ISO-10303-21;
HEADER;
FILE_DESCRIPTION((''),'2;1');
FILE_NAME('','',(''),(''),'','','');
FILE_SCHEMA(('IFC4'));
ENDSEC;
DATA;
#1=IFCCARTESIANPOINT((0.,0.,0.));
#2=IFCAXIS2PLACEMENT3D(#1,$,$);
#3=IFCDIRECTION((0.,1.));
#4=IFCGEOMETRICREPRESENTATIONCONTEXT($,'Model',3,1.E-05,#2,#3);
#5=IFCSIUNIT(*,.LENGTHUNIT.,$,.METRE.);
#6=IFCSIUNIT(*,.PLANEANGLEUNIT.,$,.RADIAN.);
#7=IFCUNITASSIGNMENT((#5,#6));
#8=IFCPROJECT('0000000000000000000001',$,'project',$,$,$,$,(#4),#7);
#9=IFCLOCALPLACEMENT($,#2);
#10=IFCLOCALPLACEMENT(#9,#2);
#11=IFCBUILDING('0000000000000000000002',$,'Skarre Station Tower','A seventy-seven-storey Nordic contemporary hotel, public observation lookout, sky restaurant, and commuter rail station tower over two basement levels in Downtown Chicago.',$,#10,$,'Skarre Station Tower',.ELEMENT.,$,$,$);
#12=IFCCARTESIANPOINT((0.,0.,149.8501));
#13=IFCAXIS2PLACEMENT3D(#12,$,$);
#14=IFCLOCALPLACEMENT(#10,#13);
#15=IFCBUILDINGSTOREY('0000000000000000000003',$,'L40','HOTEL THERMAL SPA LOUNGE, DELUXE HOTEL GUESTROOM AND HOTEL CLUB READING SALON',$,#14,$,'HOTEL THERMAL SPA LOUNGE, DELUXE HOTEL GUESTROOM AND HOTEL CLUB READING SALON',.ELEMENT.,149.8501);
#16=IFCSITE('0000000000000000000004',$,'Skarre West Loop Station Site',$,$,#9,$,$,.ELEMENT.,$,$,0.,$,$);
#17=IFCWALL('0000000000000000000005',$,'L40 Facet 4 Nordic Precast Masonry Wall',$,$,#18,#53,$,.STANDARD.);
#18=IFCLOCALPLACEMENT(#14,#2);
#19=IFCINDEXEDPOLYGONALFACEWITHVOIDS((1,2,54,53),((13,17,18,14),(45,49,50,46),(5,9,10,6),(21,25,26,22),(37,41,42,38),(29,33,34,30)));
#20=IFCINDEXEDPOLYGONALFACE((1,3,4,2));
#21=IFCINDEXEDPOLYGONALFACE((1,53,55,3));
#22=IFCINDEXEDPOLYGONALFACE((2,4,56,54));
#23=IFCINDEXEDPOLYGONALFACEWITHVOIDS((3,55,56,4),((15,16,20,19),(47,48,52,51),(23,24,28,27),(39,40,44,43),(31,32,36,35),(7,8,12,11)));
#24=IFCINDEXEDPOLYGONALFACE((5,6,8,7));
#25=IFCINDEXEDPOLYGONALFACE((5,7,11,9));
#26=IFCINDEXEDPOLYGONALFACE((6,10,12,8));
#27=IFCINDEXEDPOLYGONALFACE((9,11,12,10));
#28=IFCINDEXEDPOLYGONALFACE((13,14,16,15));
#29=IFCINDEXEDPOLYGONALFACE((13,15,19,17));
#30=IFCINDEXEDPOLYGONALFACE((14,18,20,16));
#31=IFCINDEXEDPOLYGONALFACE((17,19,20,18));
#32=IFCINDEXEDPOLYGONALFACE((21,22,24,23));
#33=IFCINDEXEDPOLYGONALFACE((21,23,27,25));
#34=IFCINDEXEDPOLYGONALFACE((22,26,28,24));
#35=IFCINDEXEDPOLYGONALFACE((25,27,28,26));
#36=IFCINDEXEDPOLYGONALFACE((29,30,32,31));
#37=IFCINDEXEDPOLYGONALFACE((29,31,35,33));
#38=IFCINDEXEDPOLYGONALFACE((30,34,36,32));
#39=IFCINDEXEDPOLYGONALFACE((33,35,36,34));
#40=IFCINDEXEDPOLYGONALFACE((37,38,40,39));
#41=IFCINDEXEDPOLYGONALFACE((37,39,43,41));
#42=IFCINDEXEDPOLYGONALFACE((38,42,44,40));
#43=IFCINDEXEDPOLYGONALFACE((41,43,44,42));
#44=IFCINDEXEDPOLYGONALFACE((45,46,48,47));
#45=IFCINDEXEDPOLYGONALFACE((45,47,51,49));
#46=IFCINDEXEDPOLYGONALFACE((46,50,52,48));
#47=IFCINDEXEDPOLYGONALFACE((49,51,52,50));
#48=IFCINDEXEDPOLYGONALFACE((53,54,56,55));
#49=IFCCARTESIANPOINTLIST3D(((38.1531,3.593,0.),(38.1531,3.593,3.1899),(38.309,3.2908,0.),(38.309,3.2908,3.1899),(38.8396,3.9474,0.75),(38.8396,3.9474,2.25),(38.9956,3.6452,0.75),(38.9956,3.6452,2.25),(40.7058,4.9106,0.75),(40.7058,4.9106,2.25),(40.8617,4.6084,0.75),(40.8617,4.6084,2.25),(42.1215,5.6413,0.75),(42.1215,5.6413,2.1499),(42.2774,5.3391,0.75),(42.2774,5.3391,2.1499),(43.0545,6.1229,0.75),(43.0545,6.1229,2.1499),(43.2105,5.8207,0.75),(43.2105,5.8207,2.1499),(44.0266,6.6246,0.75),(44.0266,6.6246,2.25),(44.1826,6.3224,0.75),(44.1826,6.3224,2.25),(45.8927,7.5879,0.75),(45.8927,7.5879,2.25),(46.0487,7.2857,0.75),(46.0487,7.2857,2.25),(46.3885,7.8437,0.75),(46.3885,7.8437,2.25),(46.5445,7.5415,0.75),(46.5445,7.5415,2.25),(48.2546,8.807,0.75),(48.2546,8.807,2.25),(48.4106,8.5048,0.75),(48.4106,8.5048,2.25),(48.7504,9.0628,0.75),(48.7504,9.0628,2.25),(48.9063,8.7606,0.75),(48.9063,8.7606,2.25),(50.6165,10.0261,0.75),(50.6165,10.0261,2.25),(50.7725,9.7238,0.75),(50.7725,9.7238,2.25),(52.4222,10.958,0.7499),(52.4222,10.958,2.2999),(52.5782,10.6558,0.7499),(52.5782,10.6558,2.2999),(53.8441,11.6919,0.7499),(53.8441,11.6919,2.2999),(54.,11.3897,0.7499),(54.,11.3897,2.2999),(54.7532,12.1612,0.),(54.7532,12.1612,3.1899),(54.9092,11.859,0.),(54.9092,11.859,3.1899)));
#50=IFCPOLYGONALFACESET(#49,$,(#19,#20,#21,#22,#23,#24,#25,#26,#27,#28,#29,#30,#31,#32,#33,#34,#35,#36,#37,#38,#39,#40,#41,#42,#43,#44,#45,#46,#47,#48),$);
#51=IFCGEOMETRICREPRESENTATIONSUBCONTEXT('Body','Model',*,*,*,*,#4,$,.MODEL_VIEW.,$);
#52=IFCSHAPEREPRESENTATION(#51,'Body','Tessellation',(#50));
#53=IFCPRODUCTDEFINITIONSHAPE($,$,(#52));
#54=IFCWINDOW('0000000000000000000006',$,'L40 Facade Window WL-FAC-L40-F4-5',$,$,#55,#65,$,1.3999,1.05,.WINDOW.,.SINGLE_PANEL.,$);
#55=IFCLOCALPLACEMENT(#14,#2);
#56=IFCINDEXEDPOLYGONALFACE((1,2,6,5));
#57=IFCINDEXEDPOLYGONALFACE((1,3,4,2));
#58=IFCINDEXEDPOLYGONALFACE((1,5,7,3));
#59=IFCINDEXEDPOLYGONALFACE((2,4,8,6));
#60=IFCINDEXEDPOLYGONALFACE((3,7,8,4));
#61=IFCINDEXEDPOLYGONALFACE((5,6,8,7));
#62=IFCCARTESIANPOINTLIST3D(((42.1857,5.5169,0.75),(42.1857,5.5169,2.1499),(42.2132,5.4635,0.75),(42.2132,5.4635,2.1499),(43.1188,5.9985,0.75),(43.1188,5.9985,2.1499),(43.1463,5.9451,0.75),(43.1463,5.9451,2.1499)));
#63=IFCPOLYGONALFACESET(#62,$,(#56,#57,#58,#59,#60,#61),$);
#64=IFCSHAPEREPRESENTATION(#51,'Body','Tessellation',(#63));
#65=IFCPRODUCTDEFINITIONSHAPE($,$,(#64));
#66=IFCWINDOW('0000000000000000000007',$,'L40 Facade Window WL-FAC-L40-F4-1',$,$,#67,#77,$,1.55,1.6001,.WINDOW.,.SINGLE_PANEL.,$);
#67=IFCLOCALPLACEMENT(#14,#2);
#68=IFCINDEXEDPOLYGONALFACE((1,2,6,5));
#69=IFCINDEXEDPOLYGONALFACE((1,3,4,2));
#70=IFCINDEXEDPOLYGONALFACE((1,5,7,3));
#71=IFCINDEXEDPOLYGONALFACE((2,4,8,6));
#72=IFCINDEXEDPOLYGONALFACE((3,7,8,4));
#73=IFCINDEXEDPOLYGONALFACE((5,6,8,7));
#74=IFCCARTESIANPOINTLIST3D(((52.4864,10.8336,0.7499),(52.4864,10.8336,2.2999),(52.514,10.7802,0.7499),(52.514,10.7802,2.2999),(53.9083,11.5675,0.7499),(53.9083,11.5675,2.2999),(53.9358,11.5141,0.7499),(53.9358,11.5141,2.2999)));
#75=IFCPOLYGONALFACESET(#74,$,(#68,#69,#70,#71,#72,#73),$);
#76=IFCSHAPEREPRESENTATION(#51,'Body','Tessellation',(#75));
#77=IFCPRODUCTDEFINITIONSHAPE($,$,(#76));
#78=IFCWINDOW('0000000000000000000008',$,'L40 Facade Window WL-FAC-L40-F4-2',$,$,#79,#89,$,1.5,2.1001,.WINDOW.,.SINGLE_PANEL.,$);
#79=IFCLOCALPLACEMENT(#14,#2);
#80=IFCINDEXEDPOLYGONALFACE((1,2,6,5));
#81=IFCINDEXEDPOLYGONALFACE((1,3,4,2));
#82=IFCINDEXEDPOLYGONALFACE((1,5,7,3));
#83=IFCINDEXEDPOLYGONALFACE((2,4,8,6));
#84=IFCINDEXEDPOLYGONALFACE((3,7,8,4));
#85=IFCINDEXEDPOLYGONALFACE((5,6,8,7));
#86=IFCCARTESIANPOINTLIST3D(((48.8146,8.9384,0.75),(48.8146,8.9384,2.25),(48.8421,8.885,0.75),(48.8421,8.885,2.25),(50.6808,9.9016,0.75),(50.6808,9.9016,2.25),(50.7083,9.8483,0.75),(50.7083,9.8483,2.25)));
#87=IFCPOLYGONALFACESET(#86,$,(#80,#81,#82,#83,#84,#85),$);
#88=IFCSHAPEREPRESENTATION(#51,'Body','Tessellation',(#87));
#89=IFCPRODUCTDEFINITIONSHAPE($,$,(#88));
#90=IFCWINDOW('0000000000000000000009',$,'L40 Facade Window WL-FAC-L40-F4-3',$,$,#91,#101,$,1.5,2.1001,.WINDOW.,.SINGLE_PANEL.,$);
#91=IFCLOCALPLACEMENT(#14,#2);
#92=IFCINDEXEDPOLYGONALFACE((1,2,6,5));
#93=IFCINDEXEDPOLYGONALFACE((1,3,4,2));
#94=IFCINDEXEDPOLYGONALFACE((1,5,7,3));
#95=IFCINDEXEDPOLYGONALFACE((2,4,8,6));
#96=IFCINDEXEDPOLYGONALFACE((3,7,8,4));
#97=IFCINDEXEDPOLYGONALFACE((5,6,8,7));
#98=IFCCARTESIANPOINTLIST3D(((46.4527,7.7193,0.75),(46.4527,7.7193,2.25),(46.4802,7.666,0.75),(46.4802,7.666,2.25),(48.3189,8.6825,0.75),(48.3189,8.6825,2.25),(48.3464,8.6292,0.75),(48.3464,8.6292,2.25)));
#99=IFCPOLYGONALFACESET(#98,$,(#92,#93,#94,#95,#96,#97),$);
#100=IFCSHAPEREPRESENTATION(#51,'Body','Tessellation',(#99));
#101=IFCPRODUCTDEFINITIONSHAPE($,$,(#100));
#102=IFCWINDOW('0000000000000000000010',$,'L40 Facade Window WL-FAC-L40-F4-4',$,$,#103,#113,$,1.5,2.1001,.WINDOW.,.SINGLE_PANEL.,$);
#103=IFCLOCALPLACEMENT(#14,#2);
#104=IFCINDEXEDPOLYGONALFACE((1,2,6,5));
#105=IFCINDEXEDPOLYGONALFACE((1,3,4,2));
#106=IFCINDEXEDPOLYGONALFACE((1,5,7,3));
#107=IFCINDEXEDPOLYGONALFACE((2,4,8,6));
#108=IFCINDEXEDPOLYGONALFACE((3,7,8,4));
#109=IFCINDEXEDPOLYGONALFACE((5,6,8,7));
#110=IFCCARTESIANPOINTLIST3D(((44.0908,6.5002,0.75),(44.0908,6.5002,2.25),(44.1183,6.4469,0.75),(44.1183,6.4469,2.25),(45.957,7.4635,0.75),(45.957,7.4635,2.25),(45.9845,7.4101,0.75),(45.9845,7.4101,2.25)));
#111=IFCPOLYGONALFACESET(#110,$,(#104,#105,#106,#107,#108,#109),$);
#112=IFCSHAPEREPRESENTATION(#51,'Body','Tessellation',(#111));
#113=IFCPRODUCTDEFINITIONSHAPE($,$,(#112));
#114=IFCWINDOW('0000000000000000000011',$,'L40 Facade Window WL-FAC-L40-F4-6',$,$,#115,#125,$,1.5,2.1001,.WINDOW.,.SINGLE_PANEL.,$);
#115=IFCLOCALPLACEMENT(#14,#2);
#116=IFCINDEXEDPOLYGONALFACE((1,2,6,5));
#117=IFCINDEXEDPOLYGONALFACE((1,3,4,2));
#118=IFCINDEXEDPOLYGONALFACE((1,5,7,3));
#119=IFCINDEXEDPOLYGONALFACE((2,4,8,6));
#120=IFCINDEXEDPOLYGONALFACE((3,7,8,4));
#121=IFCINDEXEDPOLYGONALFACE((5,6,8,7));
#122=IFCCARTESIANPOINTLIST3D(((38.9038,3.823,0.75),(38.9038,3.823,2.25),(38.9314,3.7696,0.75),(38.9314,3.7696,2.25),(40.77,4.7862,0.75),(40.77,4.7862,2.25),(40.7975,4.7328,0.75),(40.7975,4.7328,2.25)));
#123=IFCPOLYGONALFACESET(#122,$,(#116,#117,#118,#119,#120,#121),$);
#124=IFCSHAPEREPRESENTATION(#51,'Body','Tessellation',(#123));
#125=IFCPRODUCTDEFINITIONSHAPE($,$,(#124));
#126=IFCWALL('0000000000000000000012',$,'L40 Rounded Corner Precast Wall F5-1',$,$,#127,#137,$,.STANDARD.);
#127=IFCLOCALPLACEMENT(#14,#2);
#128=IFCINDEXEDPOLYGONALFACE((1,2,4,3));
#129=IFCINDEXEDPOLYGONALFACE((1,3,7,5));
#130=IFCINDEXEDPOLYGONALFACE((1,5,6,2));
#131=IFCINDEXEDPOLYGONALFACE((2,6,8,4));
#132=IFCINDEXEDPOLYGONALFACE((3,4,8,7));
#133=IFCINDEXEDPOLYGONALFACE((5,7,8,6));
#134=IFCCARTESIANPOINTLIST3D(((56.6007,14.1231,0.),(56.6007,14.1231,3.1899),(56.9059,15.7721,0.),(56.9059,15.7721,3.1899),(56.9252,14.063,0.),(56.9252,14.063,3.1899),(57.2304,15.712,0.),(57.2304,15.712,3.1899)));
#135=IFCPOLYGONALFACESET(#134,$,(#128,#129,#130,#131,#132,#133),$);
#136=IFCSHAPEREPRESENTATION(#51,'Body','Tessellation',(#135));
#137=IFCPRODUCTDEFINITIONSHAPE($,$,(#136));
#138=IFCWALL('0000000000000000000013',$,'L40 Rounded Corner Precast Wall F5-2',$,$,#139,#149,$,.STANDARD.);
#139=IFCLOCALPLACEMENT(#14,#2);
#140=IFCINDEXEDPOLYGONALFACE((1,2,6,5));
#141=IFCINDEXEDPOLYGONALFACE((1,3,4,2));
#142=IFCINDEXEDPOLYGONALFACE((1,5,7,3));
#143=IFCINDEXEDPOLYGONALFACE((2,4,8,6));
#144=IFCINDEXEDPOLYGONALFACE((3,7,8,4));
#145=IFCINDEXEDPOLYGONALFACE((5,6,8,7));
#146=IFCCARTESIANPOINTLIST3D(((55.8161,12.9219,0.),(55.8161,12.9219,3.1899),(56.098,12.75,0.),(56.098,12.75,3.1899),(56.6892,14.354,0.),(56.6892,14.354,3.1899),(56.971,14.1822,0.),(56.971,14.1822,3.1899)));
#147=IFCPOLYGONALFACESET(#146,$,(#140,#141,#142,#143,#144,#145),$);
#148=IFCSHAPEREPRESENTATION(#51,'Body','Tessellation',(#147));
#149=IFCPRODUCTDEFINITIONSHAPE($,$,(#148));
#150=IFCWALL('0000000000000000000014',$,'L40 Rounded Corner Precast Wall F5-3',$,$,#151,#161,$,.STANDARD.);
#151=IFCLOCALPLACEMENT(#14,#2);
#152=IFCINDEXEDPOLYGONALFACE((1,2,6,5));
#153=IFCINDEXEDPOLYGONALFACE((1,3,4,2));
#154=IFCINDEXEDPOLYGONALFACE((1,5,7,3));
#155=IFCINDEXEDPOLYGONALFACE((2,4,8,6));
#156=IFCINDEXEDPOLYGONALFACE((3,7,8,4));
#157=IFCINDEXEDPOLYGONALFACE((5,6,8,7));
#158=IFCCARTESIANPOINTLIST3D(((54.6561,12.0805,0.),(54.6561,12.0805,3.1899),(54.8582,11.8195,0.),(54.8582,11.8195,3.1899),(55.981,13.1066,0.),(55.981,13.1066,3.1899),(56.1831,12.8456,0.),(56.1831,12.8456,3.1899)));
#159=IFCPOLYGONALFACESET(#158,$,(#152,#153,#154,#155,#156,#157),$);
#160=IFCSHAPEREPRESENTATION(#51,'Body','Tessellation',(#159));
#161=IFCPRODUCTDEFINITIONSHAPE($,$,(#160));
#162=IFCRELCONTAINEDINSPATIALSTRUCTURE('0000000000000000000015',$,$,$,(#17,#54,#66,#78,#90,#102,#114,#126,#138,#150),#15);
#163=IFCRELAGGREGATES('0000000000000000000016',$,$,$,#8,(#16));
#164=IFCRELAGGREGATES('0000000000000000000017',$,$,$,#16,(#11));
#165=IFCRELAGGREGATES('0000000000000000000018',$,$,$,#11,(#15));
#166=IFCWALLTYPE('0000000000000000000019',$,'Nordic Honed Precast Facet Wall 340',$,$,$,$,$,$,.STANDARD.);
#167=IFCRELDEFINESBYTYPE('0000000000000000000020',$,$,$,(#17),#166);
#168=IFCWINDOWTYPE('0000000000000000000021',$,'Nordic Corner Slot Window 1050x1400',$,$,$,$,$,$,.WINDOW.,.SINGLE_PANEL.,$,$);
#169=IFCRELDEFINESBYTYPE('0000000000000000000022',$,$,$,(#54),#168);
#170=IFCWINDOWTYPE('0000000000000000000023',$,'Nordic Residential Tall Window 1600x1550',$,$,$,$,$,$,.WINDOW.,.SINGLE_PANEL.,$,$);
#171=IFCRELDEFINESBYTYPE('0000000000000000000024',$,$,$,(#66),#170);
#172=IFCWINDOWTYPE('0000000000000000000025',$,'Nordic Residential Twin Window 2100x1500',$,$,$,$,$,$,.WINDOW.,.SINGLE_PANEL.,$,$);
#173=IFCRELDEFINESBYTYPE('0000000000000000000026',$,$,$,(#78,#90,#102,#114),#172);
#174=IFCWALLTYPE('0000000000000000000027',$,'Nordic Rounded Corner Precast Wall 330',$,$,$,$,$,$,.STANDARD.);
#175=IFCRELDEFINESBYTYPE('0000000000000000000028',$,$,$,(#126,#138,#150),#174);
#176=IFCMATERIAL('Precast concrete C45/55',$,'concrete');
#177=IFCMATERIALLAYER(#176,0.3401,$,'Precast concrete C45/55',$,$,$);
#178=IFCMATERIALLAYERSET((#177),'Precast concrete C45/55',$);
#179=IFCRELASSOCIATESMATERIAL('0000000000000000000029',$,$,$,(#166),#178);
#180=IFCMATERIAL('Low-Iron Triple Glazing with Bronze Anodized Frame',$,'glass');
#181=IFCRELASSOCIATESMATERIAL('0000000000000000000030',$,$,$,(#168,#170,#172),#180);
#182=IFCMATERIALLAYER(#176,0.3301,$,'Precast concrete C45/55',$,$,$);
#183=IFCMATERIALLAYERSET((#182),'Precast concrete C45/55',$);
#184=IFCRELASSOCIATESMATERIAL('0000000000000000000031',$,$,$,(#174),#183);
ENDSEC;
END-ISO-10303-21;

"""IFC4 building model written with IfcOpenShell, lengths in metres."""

from ifc_helpers import new_model, si_unit, direction, frame, frame_2d, origin, place, context, subcontext, project, spatial, rectangle, extrude, material, layer, layer_set, type_object, element, fill, save


model = new_model("IFC4")

# Units and contexts
model_context = context("Model", 3, precision=1e-05, world=origin(), true_north=direction((0.0, 1.0)))
body_context = subcontext(model_context, "Body", "Model", "MODEL_VIEW")
ifc_project = project(units=[si_unit("LENGTHUNIT", "METRE"), si_unit("PLANEANGLEUNIT", "RADIAN")], contexts=[model_context])

# Site, building, storey
site_placement = place(None, origin())
site = spatial("IfcSite", under=ifc_project, at=site_placement, Name="Skarre West Loop Station Site", CompositionType="ELEMENT", RefElevation=0.0)
building_placement = place(site_placement, origin())
building = spatial("IfcBuilding", under=site, at=building_placement, Name="Skarre Station Tower", Description="A seventy-seven-storey Nordic contemporary hotel, public observation lookout, sky restaurant, and commuter rail station tower over two basement levels in Downtown Chicago.", LongName="Skarre Station Tower", CompositionType="ELEMENT")
storey_placement = place(building_placement, frame((0.0, 0.0, 149.8501)))
storey = spatial("IfcBuildingStorey", under=building, at=storey_placement, Name="L40", Description="HOTEL THERMAL SPA LOUNGE, DELUXE HOTEL GUESTROOM AND HOTEL CLUB READING SALON", LongName="HOTEL THERMAL SPA LOUNGE, DELUXE HOTEL GUESTROOM AND HOTEL CLUB READING SALON", CompositionType="ELEMENT", Elevation=149.8501)

# Wall, openings, windows
ifc_material_1 = material(Name="Precast concrete C45/55", Category="concrete")
ifc_layer_1 = layer(ifc_material_1, 0.3401, Name="Precast concrete C45/55")
ifc_layer_set_1 = layer_set([ifc_layer_1], Name="Precast concrete C45/55")
wall_type_1 = type_object("IfcWallType", Name="Nordic Honed Precast Facet Wall 340", PredefinedType="STANDARD", material=ifc_layer_set_1)
wall_1_placement = place(storey_placement, frame((54.8311, 12.01, 0.0), z_axis=(0.0, 0.0, 1.0), x_axis=(-0.888614, -0.458657, 0.0)))
wall_1 = element("IfcWall", 1, at=wall_1_placement, inside=storey, type_object=wall_type_1, Name="L40 Facet 4 Nordic Precast Masonry Wall", PredefinedType="STANDARD", context=body_context, shape_type="SweptSolid", body=[
    extrude(rectangle(XDim=18.6809, YDim=0.3401, at=frame_2d((9.3403, 0.0))), origin(), (0.0, 0.0, 1.0), 3.1899),
])
opening_1_placement = place(wall_1_placement, frame((1.0229, 0.0, 0.75)))
opening_1 = element("IfcOpeningElement", 2, at=opening_1_placement, cuts=wall_1, PredefinedType="OPENING", context=body_context, shape_type="SweptSolid", body=[
    extrude(rectangle(XDim=1.6001, YDim=1.55, at=frame_2d((0.8, 0.7749))), frame((0.0, 0.1799, 0.0), z_axis=(0.0, -1.0, 0.0), x_axis=(1.0, 0.0, 0.0)), (0.0, 0.0, 1.0), 0.3601),
])
opening_2_placement = place(wall_1_placement, frame((4.655, 0.0, 0.75)))
opening_2 = element("IfcOpeningElement", 3, at=opening_2_placement, cuts=wall_1, PredefinedType="OPENING", context=body_context, shape_type="SweptSolid", body=[
    extrude(rectangle(XDim=2.1001, YDim=1.5, at=frame_2d((1.05, 0.75))), frame((0.0, 0.1799, 0.0), z_axis=(0.0, -1.0, 0.0), x_axis=(1.0, 0.0, 0.0)), (0.0, 0.0, 1.0), 0.3601),
])
opening_3_placement = place(wall_1_placement, frame((7.313, 0.0, 0.75)))
opening_3 = element("IfcOpeningElement", 4, at=opening_3_placement, cuts=wall_1, PredefinedType="OPENING", context=body_context, shape_type="SweptSolid", body=[
    extrude(rectangle(XDim=2.1001, YDim=1.5, at=frame_2d((1.05, 0.75))), frame((0.0, 0.1799, 0.0), z_axis=(0.0, -1.0, 0.0), x_axis=(1.0, 0.0, 0.0)), (0.0, 0.0, 1.0), 0.3601),
])
opening_4_placement = place(wall_1_placement, frame((9.9709, 0.0, 0.75)))
opening_4 = element("IfcOpeningElement", 5, at=opening_4_placement, cuts=wall_1, PredefinedType="OPENING", context=body_context, shape_type="SweptSolid", body=[
    extrude(rectangle(XDim=2.1001, YDim=1.5, at=frame_2d((1.05, 0.75))), frame((0.0, 0.1799, 0.0), z_axis=(0.0, -1.0, 0.0), x_axis=(1.0, 0.0, 0.0)), (0.0, 0.0, 1.0), 0.3601),
])
opening_5_placement = place(wall_1_placement, frame((13.165, 0.0, 0.75)))
opening_5 = element("IfcOpeningElement", 6, at=opening_5_placement, cuts=wall_1, PredefinedType="OPENING", context=body_context, shape_type="SweptSolid", body=[
    extrude(rectangle(XDim=1.05, YDim=1.3999, at=frame_2d((0.5249, 0.7))), frame((0.0, 0.1799, 0.0), z_axis=(0.0, -1.0, 0.0), x_axis=(1.0, 0.0, 0.0)), (0.0, 0.0, 1.0), 0.3601),
])
opening_6_placement = place(wall_1_placement, frame((15.8081, 0.0, 0.75)))
opening_6 = element("IfcOpeningElement", 7, at=opening_6_placement, cuts=wall_1, PredefinedType="OPENING", context=body_context, shape_type="SweptSolid", body=[
    extrude(rectangle(XDim=2.1001, YDim=1.5, at=frame_2d((1.05, 0.75))), frame((0.0, 0.1799, 0.0), z_axis=(0.0, -1.0, 0.0), x_axis=(1.0, 0.0, 0.0)), (0.0, 0.0, 1.0), 0.3601),
])
ifc_material_2 = material(Name="Low-Iron Triple Glazing with Bronze Anodized Frame", Category="glass")
window_type_1 = type_object("IfcWindowType", Name="Nordic Corner Slot Window 1050x1400", PartitioningType="SINGLE_PANEL", PredefinedType="WINDOW", material=ifc_material_2)
window_1_placement = place(opening_5_placement, origin())
window_1 = element("IfcWindow", 8, at=window_1_placement, inside=storey, type_object=window_type_1, Name="L40 Facade Window WL-FAC-L40-F4-5", OverallHeight=1.3999, OverallWidth=1.05, PartitioningType="SINGLE_PANEL", PredefinedType="WINDOW", context=body_context, shape_type="SweptSolid", body=[
    extrude(rectangle(XDim=1.05, YDim=1.3999, at=frame_2d((0.5249, 0.7))), frame((0.0, 0.03, 0.0), z_axis=(0.0, -1.0, 0.0), x_axis=(1.0, 0.0, 0.0)), (0.0, 0.0, 1.0), 0.0601),
])
fill(opening_5, window_1)
window_type_2 = type_object("IfcWindowType", Name="Nordic Residential Tall Window 1600x1550", PartitioningType="SINGLE_PANEL", PredefinedType="WINDOW", material=ifc_material_2)
window_2_placement = place(opening_1_placement, origin())
window_2 = element("IfcWindow", 9, at=window_2_placement, inside=storey, type_object=window_type_2, Name="L40 Facade Window WL-FAC-L40-F4-1", OverallHeight=1.55, OverallWidth=1.6001, PartitioningType="SINGLE_PANEL", PredefinedType="WINDOW", context=body_context, shape_type="SweptSolid", body=[
    extrude(rectangle(XDim=1.6001, YDim=1.55, at=frame_2d((0.8, 0.7749))), frame((0.0, 0.03, 0.0), z_axis=(0.0, -1.0, 0.0), x_axis=(1.0, 0.0, 0.0)), (0.0, 0.0, 1.0), 0.0601),
])
fill(opening_1, window_2)
window_type_3 = type_object("IfcWindowType", Name="Nordic Residential Twin Window 2100x1500", PartitioningType="SINGLE_PANEL", PredefinedType="WINDOW", material=ifc_material_2)
window_3_placement = place(opening_2_placement, origin())
window_3 = element("IfcWindow", 10, at=window_3_placement, inside=storey, type_object=window_type_3, Name="L40 Facade Window WL-FAC-L40-F4-2", OverallHeight=1.5, OverallWidth=2.1001, PartitioningType="SINGLE_PANEL", PredefinedType="WINDOW", context=body_context, shape_type="SweptSolid", body=[
    extrude(rectangle(XDim=2.1001, YDim=1.5, at=frame_2d((1.05, 0.75))), frame((0.0, 0.03, 0.0), z_axis=(0.0, -1.0, 0.0), x_axis=(1.0, 0.0, 0.0)), (0.0, 0.0, 1.0), 0.0601),
])
fill(opening_2, window_3)
window_4_placement = place(opening_3_placement, origin())
window_4 = element("IfcWindow", 11, at=window_4_placement, inside=storey, type_object=window_type_3, Name="L40 Facade Window WL-FAC-L40-F4-3", OverallHeight=1.5, OverallWidth=2.1001, PartitioningType="SINGLE_PANEL", PredefinedType="WINDOW", context=body_context, shape_type="SweptSolid", body=[
    extrude(rectangle(XDim=2.1001, YDim=1.5, at=frame_2d((1.05, 0.75))), frame((0.0, 0.03, 0.0), z_axis=(0.0, -1.0, 0.0), x_axis=(1.0, 0.0, 0.0)), (0.0, 0.0, 1.0), 0.0601),
])
fill(opening_3, window_4)
window_5_placement = place(opening_4_placement, origin())
window_5 = element("IfcWindow", 12, at=window_5_placement, inside=storey, type_object=window_type_3, Name="L40 Facade Window WL-FAC-L40-F4-4", OverallHeight=1.5, OverallWidth=2.1001, PartitioningType="SINGLE_PANEL", PredefinedType="WINDOW", context=body_context, shape_type="SweptSolid", body=[
    extrude(rectangle(XDim=2.1001, YDim=1.5, at=frame_2d((1.05, 0.75))), frame((0.0, 0.03, 0.0), z_axis=(0.0, -1.0, 0.0), x_axis=(1.0, 0.0, 0.0)), (0.0, 0.0, 1.0), 0.0601),
])
fill(opening_4, window_5)
window_6_placement = place(opening_6_placement, origin())
window_6 = element("IfcWindow", 13, at=window_6_placement, inside=storey, type_object=window_type_3, Name="L40 Facade Window WL-FAC-L40-F4-6", OverallHeight=1.5, OverallWidth=2.1001, PartitioningType="SINGLE_PANEL", PredefinedType="WINDOW", context=body_context, shape_type="SweptSolid", body=[
    extrude(rectangle(XDim=2.1001, YDim=1.5, at=frame_2d((1.05, 0.75))), frame((0.0, 0.03, 0.0), z_axis=(0.0, -1.0, 0.0), x_axis=(1.0, 0.0, 0.0)), (0.0, 0.0, 1.0), 0.0601),
])
fill(opening_6, window_6)

# Walls
ifc_layer_2 = layer(ifc_material_1, 0.3301, Name="Precast concrete C45/55")
ifc_layer_set_2 = layer_set([ifc_layer_2], Name="Precast concrete C45/55")
wall_type_2 = type_object("IfcWallType", Name="Nordic Rounded Corner Precast Wall 330", PredefinedType="STANDARD", material=ifc_layer_set_2)
wall_2_placement = place(storey_placement, frame((57.0681, 15.7419, 0.0), z_axis=(0.0, 0.0, 1.0), x_axis=(-0.181985, -0.983301, 0.0)))
element("IfcWall", 14, at=wall_2_placement, inside=storey, type_object=wall_type_2, Name="L40 Rounded Corner Precast Wall F5-1", PredefinedType="STANDARD", context=body_context, shape_type="SweptSolid", body=[
    extrude(rectangle(XDim=1.677, YDim=0.3301, at=frame_2d((0.8384, 0.0))), origin(), (0.0, 0.0, 1.0), 3.1899),
])
wall_3_placement = place(storey_placement, frame((56.8301, 14.2681, 0.0), z_axis=(0.0, 0.0, 1.0), x_axis=(-0.520519, -0.85385, 0.0)))
element("IfcWall", 15, at=wall_3_placement, inside=storey, type_object=wall_type_2, Name="L40 Rounded Corner Precast Wall F5-2", PredefinedType="STANDARD", context=body_context, shape_type="SweptSolid", body=[
    extrude(rectangle(XDim=1.6772, YDim=0.3301, at=frame_2d((0.8386, 0.0))), origin(), (0.0, 0.0, 1.0), 3.1899),
])
wall_4_placement = place(storey_placement, frame((56.082, 12.9761, 0.0), z_axis=(0.0, 0.0, 1.0), x_axis=(-0.790621, -0.612305, 0.0)))
element("IfcWall", 16, at=wall_4_placement, inside=storey, type_object=wall_type_2, Name="L40 Rounded Corner Precast Wall F5-3", PredefinedType="STANDARD", context=body_context, shape_type="SweptSolid", body=[
    extrude(rectangle(XDim=1.6758, YDim=0.3301, at=frame_2d((0.8379, 0.0))), origin(), (0.0, 0.0, 1.0), 3.1899),
])

save(model, "model.ifc")
